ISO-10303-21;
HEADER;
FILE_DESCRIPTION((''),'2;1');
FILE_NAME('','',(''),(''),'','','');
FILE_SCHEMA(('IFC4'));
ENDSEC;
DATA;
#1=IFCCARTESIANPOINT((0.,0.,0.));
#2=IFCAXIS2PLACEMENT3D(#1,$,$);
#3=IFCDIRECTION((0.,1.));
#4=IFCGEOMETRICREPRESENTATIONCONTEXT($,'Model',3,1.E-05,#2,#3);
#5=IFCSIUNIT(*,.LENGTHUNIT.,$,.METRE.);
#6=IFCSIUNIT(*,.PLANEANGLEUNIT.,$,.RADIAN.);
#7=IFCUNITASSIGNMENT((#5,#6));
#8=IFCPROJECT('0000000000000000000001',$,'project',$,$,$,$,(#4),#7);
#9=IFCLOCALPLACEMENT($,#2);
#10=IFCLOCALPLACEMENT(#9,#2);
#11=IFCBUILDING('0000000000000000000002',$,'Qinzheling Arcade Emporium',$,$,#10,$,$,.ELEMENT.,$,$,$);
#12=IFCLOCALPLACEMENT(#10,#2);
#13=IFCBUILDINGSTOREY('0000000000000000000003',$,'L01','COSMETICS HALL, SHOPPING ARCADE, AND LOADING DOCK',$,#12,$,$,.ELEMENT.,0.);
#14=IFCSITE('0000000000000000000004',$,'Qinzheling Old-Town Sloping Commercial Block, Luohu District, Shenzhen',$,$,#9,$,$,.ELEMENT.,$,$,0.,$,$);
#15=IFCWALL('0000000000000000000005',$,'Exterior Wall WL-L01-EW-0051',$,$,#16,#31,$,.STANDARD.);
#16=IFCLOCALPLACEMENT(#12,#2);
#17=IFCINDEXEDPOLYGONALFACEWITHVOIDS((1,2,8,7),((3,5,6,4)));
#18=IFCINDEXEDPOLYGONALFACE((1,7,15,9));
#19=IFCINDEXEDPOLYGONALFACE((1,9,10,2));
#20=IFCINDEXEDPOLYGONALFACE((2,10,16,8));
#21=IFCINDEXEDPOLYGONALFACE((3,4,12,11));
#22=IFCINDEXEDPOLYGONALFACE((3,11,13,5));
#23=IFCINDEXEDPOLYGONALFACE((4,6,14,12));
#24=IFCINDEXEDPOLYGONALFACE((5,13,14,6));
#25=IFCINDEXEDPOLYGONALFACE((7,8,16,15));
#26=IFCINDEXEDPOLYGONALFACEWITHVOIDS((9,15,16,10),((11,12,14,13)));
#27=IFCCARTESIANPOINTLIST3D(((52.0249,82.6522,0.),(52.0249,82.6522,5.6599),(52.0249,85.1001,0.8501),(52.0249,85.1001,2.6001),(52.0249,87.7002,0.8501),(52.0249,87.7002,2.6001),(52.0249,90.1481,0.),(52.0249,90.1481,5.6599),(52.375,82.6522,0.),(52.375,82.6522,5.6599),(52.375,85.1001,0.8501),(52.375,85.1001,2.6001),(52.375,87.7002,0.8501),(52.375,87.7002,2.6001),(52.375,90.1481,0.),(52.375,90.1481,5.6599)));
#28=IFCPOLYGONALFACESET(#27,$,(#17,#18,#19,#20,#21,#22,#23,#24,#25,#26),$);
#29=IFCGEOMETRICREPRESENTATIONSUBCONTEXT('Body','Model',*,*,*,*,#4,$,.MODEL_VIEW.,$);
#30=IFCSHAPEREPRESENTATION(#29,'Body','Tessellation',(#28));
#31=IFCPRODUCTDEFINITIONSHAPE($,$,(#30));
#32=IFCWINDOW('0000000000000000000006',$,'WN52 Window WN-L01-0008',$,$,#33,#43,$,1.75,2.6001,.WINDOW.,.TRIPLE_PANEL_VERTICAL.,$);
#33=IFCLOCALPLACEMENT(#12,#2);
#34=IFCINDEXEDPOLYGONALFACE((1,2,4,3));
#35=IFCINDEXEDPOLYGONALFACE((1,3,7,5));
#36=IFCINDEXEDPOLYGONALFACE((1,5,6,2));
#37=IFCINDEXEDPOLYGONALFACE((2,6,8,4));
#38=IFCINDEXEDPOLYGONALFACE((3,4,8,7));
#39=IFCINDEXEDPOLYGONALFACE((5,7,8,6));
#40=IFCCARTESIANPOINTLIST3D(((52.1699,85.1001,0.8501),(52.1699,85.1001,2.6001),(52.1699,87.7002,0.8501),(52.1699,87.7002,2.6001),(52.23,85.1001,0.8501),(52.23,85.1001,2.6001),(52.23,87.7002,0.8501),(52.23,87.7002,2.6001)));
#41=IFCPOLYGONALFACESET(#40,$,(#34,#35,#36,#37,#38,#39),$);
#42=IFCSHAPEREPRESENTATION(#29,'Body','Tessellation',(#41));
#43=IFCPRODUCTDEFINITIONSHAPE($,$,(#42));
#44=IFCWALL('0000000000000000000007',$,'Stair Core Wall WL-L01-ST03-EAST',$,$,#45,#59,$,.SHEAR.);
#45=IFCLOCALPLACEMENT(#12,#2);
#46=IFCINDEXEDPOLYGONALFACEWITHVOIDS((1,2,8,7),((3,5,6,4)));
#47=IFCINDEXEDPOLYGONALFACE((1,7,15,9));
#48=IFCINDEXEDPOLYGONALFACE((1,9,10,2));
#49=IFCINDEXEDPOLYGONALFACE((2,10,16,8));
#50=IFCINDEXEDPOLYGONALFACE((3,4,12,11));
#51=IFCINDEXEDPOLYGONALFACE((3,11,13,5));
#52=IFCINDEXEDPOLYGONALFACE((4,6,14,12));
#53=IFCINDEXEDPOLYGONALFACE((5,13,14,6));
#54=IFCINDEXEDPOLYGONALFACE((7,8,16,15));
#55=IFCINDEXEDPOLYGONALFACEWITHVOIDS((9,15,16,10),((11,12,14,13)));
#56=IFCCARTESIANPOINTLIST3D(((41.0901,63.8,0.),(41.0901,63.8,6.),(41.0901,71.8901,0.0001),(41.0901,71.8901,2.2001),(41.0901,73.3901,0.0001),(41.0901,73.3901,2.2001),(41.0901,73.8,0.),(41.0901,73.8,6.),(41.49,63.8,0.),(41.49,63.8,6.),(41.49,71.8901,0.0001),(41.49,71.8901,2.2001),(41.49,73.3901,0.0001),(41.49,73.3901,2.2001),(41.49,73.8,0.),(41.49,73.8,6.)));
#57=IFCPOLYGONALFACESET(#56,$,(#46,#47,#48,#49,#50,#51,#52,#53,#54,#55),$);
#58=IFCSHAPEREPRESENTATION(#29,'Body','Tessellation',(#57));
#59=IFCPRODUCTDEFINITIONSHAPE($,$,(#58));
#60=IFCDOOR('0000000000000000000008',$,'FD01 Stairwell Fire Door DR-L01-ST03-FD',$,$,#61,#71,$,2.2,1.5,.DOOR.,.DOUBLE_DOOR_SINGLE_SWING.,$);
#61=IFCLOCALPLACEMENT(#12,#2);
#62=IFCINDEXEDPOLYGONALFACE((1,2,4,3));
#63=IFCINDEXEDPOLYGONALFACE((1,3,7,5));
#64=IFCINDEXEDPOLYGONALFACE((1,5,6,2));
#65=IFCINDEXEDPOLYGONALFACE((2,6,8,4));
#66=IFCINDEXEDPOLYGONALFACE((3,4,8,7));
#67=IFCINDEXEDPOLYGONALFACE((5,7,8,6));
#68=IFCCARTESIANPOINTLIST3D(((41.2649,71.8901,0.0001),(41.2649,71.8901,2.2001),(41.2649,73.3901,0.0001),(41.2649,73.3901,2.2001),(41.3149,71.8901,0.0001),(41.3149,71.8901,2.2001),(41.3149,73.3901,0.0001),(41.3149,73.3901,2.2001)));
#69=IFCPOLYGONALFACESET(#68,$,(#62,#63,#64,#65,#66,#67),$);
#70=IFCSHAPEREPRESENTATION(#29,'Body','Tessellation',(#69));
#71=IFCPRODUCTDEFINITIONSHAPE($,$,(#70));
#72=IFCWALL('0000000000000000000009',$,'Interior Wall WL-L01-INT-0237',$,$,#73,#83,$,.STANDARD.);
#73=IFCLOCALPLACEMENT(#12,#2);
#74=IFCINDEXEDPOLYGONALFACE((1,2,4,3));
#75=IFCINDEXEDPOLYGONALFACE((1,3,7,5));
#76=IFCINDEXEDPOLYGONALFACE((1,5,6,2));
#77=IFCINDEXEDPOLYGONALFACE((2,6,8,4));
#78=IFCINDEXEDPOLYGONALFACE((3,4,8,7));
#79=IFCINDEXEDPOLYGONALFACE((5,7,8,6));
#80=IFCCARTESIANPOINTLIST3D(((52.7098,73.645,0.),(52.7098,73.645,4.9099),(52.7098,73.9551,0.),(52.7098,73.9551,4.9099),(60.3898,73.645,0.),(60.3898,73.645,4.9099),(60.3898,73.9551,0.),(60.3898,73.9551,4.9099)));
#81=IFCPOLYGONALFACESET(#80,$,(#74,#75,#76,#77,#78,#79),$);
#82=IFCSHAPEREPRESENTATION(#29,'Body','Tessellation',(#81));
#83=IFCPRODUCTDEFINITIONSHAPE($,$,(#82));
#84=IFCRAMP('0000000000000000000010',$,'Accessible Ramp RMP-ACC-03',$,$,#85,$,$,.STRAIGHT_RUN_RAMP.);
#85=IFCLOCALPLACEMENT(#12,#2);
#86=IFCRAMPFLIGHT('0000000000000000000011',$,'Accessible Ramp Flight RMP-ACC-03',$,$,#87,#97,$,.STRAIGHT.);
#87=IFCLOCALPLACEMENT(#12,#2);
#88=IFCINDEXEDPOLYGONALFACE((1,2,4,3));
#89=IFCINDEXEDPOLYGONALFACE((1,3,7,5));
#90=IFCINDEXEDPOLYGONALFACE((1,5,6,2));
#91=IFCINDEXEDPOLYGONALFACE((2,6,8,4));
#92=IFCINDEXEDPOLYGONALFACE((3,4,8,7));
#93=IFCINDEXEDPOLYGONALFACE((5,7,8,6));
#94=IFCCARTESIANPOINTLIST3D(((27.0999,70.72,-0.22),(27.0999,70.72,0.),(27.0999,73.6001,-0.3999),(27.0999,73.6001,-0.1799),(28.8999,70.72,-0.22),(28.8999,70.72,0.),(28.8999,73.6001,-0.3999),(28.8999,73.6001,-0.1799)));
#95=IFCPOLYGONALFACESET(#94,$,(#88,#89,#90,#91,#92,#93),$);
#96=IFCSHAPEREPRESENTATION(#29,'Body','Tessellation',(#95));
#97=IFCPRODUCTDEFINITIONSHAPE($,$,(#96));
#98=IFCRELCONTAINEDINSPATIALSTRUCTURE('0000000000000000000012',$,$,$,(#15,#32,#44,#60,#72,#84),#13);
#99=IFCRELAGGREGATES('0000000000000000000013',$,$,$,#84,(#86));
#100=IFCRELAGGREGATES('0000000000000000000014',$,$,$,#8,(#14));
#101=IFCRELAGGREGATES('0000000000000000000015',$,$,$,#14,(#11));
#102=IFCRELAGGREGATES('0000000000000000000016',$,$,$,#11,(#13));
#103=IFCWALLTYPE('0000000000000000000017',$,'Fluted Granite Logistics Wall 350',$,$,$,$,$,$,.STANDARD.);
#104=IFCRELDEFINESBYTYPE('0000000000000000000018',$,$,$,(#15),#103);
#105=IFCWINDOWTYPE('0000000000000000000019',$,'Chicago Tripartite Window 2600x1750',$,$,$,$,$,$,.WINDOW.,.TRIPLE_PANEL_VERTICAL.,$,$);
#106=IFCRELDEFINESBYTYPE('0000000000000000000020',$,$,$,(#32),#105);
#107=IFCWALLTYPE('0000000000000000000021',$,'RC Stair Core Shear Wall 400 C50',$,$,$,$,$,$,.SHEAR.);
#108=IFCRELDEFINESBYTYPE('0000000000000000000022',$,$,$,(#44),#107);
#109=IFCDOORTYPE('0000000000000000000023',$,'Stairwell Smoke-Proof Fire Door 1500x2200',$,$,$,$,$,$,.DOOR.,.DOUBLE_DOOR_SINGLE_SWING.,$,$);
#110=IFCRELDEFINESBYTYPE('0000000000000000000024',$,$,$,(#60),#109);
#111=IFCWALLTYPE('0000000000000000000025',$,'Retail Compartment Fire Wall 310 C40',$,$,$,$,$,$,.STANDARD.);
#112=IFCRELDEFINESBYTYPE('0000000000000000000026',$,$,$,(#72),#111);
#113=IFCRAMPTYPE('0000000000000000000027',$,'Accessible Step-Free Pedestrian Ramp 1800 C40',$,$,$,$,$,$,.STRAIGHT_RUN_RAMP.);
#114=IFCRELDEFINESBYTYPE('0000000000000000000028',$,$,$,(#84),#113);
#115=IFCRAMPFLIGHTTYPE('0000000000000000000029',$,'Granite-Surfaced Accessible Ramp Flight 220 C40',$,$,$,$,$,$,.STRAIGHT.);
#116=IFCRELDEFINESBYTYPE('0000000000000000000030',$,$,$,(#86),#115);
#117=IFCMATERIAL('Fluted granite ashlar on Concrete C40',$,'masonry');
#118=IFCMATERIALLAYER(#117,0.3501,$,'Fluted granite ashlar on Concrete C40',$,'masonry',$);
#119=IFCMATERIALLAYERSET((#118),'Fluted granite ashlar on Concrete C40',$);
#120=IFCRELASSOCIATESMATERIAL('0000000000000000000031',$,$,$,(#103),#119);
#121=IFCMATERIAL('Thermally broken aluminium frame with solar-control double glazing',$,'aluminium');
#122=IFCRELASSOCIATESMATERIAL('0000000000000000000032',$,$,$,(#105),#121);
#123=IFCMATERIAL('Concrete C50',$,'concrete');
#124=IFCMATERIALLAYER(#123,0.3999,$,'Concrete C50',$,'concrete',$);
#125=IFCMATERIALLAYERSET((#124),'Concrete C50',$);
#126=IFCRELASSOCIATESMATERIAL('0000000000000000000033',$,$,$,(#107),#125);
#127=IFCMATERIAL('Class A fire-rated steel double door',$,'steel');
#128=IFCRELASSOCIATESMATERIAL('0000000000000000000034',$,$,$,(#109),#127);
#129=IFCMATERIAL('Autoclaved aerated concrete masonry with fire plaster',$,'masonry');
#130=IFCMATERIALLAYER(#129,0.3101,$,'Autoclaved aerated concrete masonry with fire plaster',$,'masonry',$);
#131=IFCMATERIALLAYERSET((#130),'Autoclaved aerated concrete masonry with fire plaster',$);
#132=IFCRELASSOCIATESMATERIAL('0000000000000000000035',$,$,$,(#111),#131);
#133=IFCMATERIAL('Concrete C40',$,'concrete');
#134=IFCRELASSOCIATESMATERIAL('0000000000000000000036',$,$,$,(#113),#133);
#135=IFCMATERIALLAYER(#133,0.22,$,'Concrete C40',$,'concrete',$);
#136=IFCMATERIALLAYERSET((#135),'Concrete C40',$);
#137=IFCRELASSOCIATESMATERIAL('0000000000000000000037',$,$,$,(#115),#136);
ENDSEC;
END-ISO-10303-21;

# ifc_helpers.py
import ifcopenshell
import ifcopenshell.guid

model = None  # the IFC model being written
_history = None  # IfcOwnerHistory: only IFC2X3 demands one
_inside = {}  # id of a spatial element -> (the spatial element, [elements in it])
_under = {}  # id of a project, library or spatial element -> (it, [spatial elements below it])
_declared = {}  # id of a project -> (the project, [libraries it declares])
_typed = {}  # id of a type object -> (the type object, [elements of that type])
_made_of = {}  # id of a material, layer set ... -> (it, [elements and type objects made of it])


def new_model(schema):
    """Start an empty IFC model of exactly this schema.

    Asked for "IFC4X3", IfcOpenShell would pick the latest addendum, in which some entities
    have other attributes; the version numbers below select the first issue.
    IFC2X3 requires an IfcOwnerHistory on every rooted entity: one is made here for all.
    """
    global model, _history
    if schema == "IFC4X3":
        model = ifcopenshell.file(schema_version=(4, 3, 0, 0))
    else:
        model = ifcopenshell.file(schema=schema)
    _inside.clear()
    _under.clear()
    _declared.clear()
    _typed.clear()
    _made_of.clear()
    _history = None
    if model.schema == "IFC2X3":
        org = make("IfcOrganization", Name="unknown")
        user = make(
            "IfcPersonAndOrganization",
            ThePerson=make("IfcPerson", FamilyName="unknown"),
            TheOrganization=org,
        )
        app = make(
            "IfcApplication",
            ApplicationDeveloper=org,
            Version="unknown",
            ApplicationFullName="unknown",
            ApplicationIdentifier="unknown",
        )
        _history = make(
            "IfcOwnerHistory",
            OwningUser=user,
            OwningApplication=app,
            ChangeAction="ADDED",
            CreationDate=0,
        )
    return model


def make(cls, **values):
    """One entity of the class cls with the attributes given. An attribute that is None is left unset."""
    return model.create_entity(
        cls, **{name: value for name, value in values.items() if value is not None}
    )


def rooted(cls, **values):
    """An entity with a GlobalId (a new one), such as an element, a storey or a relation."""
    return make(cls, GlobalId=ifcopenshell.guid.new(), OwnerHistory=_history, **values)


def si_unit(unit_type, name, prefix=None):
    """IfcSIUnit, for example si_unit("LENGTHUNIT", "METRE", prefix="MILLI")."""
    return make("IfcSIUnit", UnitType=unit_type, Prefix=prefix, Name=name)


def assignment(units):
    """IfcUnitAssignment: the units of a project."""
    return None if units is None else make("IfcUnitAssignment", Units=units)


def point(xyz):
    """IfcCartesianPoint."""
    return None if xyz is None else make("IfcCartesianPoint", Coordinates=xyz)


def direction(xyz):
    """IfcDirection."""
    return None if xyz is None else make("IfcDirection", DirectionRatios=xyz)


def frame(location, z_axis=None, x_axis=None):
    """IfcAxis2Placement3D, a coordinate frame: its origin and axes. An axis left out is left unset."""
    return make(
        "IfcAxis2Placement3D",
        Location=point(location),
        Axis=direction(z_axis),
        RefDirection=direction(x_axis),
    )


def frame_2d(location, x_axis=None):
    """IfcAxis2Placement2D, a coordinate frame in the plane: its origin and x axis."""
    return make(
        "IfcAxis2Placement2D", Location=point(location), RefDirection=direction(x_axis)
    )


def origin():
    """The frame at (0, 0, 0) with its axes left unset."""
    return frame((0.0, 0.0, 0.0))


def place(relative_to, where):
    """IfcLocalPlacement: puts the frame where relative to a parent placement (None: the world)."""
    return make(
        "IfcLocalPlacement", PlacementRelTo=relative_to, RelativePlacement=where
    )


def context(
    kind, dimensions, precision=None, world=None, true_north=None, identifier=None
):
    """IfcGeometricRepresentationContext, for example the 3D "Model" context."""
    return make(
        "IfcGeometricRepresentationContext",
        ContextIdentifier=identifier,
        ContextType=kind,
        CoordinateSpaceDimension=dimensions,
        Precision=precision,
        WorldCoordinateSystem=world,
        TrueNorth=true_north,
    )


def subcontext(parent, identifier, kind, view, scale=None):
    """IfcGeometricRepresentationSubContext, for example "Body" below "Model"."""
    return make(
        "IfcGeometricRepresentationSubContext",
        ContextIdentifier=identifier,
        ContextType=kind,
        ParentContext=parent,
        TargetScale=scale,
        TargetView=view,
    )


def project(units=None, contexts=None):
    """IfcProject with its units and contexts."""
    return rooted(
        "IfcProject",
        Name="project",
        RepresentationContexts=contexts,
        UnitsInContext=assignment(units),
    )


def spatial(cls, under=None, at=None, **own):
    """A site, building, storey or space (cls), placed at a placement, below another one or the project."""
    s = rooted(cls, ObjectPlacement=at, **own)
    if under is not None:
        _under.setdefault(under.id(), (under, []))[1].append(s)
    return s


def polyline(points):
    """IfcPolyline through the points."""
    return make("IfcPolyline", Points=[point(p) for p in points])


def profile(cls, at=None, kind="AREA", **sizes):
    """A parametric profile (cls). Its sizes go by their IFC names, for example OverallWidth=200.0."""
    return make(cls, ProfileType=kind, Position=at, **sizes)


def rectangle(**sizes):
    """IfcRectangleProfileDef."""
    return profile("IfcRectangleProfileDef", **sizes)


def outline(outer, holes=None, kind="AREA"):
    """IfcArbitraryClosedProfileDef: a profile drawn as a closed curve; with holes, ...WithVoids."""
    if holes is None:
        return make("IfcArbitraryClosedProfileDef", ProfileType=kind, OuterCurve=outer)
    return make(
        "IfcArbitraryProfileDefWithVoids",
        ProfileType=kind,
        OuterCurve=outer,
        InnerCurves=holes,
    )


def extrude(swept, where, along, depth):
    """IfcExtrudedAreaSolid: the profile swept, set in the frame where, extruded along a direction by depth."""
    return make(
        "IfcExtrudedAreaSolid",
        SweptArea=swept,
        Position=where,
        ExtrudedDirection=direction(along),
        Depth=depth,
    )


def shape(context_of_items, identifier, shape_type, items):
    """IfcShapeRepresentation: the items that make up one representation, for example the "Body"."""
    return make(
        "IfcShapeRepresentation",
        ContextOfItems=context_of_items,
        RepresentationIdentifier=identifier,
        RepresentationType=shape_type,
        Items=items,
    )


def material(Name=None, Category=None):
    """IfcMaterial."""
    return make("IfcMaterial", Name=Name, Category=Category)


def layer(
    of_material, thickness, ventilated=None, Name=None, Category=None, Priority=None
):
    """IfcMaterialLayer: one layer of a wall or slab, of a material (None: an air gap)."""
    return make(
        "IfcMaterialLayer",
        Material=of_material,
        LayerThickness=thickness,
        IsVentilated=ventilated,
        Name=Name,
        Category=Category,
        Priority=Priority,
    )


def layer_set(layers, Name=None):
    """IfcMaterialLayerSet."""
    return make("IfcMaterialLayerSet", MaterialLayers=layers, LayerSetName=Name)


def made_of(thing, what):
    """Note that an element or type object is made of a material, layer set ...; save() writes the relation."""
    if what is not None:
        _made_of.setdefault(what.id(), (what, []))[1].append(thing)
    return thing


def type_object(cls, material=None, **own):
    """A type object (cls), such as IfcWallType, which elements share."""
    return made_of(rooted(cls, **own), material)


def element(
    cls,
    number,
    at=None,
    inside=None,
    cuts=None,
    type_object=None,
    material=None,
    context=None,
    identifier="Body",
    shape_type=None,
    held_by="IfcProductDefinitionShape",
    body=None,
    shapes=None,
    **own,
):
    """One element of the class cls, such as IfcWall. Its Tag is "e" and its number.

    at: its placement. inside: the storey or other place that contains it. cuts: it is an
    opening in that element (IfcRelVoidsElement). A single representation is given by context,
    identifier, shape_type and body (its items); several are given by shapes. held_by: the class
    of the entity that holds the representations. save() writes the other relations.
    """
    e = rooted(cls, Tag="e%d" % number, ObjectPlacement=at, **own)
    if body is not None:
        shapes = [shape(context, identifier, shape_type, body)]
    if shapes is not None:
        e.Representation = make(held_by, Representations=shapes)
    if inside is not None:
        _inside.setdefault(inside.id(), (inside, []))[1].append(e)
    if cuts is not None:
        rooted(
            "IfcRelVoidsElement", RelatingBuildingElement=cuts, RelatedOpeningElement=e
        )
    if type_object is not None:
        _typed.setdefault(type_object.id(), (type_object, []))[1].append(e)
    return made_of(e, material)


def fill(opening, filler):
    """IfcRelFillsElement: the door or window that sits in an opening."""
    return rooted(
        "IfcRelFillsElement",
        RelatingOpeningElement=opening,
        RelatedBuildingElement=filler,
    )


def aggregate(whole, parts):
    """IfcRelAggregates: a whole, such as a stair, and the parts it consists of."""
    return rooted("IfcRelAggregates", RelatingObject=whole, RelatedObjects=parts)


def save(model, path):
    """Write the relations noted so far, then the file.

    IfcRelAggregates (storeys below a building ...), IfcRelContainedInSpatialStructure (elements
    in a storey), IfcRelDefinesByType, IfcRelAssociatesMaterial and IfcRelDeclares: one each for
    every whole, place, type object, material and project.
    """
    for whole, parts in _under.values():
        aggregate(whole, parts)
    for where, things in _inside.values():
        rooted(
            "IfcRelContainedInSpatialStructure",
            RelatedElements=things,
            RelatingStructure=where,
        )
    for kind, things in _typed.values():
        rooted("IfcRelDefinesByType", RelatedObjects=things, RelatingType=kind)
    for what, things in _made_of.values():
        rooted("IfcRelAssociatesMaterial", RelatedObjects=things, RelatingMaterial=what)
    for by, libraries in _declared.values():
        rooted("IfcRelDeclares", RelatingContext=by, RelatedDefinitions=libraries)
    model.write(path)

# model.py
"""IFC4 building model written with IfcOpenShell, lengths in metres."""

from ifc_helpers import new_model, si_unit, direction, frame, frame_2d, origin, place, context, subcontext, project, spatial, polyline, rectangle, outline, extrude, material, layer, layer_set, type_object, element, fill, aggregate, save


model = new_model("IFC4")

# Units and contexts
model_context = context("Model", 3, precision=1e-05, world=origin(), true_north=direction((0.0, 1.0)))
body_context = subcontext(model_context, "Body", "Model", "MODEL_VIEW")
ifc_project = project(units=[si_unit("LENGTHUNIT", "METRE"), si_unit("PLANEANGLEUNIT", "RADIAN")], contexts=[model_context])

# Site, building, storey
site_placement = place(None, origin())
site = spatial("IfcSite", under=ifc_project, at=site_placement, Name="Qinzheling Old-Town Sloping Commercial Block, Luohu District, Shenzhen", CompositionType="ELEMENT", RefElevation=0.0)
building_placement = place(site_placement, origin())
building = spatial("IfcBuilding", under=site, at=building_placement, Name="Qinzheling Arcade Emporium", CompositionType="ELEMENT")
storey_placement = place(building_placement, origin())
storey = spatial("IfcBuildingStorey", under=building, at=storey_placement, Name="L01", Description="COSMETICS HALL, SHOPPING ARCADE, AND LOADING DOCK", CompositionType="ELEMENT", Elevation=0.0)

# Shared definitions
ifc_material_1 = material(Name="Concrete C50", Category="concrete")

# Shared definitions
ifc_material_2 = material(Name="Concrete C40", Category="concrete")

# Shared definitions
ifc_material_3 = material(Name="Fluted granite ashlar on Concrete C40", Category="masonry")
ifc_layer_1 = layer(ifc_material_3, 0.3501, Name="Fluted granite ashlar on Concrete C40", Category="masonry")
ifc_layer_set_1 = layer_set([ifc_layer_1], Name="Fluted granite ashlar on Concrete C40")
wall_type_1 = type_object("IfcWallType", Name="Fluted Granite Logistics Wall 350", PredefinedType="STANDARD", material=ifc_layer_set_1)

# Wall, opening, window
wall_1_placement = place(storey_placement, frame((52.2, 82.6521, 0.0), z_axis=(0.0, 0.0, 1.0), x_axis=(0.0, 1.0, 0.0)))
wall_1 = element("IfcWall", 1, at=wall_1_placement, inside=storey, type_object=wall_type_1, Name="Exterior Wall WL-L01-EW-0051", PredefinedType="STANDARD", context=body_context, shape_type="SweptSolid", body=[
    extrude(rectangle(XDim=7.4958, YDim=0.3501, at=frame_2d((3.748, 0.0))), origin(), (0.0, 0.0, 1.0), 5.6599),
])
opening_1_placement = place(wall_1_placement, frame((2.448, 0.0, 0.8501)))
opening_1 = element("IfcOpeningElement", 2, at=opening_1_placement, cuts=wall_1, PredefinedType="OPENING", context=body_context, shape_type="SweptSolid", body=[
    extrude(rectangle(XDim=2.6001, YDim=1.75, at=frame_2d((1.3, 0.875))), frame((0.0, 0.1851, 0.0), z_axis=(0.0, -1.0, 0.0), x_axis=(1.0, 0.0, 0.0)), (0.0, 0.0, 1.0), 0.3701),
])
ifc_material_4 = material(Name="Thermally broken aluminium frame with solar-control double glazing", Category="aluminium")
window_type = type_object("IfcWindowType", Name="Chicago Tripartite Window 2600x1750", PartitioningType="TRIPLE_PANEL_VERTICAL", PredefinedType="WINDOW", material=ifc_material_4)
window_placement = place(opening_1_placement, origin())
window = element("IfcWindow", 3, at=window_placement, inside=storey, type_object=window_type, Name="WN52 Window WN-L01-0008", OverallHeight=1.75, OverallWidth=2.6001, PartitioningType="TRIPLE_PANEL_VERTICAL", PredefinedType="WINDOW", context=body_context, shape_type="SweptSolid", body=[
    extrude(rectangle(XDim=2.6001, YDim=1.75, at=frame_2d((1.3, 0.875))), frame((0.0, 0.03, 0.0), z_axis=(0.0, -1.0, 0.0), x_axis=(1.0, 0.0, 0.0)), (0.0, 0.0, 1.0), 0.0601),
])
fill(opening_1, window)

# Wall, opening, door
ifc_layer_2 = layer(ifc_material_1, 0.3999, Name="Concrete C50", Category="concrete")
ifc_layer_set_2 = layer_set([ifc_layer_2], Name="Concrete C50")
wall_type_2 = type_object("IfcWallType", Name="RC Stair Core Shear Wall 400 C50", PredefinedType="SHEAR", material=ifc_layer_set_2)
wall_2_placement = place(storey_placement, frame((41.29, 73.8, 0.0), z_axis=(0.0, 0.0, 1.0), x_axis=(0.0, -1.0, 0.0)))
wall_2 = element("IfcWall", 4, at=wall_2_placement, inside=storey, type_object=wall_type_2, Name="Stair Core Wall WL-L01-ST03-EAST", PredefinedType="SHEAR", context=body_context, shape_type="SweptSolid", body=[
    extrude(rectangle(XDim=10.0, YDim=0.3999, at=frame_2d((5.0, 0.0))), origin(), (0.0, 0.0, 1.0), 6.0),
])
opening_2_placement = place(wall_2_placement, frame((0.4099, 0.0, 0.0)))
opening_2 = element("IfcOpeningElement", 5, at=opening_2_placement, cuts=wall_2, PredefinedType="OPENING", context=body_context, shape_type="SweptSolid", body=[
    extrude(rectangle(XDim=1.5, YDim=2.2, at=frame_2d((0.75, 1.1001))), frame((0.0, 0.21, 0.0), z_axis=(0.0, -1.0, 0.0), x_axis=(1.0, 0.0, 0.0)), (0.0, 0.0, 1.0), 0.4199),
])
ifc_material_5 = material(Name="Class A fire-rated steel double door", Category="steel")
door_type_1 = type_object("IfcDoorType", Name="Stairwell Smoke-Proof Fire Door 1500x2200", OperationType="DOUBLE_DOOR_SINGLE_SWING", PredefinedType="DOOR", material=ifc_material_5)
door_1_placement = place(opening_2_placement, origin())
door_1 = element("IfcDoor", 6, at=door_1_placement, inside=storey, type_object=door_type_1, Name="FD01 Stairwell Fire Door DR-L01-ST03-FD", OperationType="DOUBLE_DOOR_SINGLE_SWING", OverallHeight=2.2, OverallWidth=1.5, PredefinedType="DOOR", context=body_context, shape_type="SweptSolid", body=[
    extrude(rectangle(XDim=1.5, YDim=2.2, at=frame_2d((0.75, 1.1001))), frame((0.0, 0.0249, 0.0), z_axis=(0.0, -1.0, 0.0), x_axis=(1.0, 0.0, 0.0)), (0.0, 0.0, 1.0), 0.05),
])
fill(opening_2, door_1)

# Wall
ifc_material_6 = material(Name="Autoclaved aerated concrete masonry with fire plaster", Category="masonry")
ifc_layer_3 = layer(ifc_material_6, 0.3101, Name="Autoclaved aerated concrete masonry with fire plaster", Category="masonry")
ifc_layer_set_3 = layer_set([ifc_layer_3], Name="Autoclaved aerated concrete masonry with fire plaster")
wall_type_3 = type_object("IfcWallType", Name="Retail Compartment Fire Wall 310 C40", PredefinedType="STANDARD", material=ifc_layer_set_3)
wall_3_placement = place(storey_placement, frame((52.71, 73.8, 0.0), z_axis=(0.0, 0.0, 1.0), x_axis=(1.0, 0.0, 0.0)))
element("IfcWall", 7, at=wall_3_placement, inside=storey, type_object=wall_type_3, Name="Interior Wall WL-L01-INT-0237", PredefinedType="STANDARD", context=body_context, shape_type="SweptSolid", body=[
    extrude(rectangle(XDim=7.6799, YDim=0.3101, at=frame_2d((3.8398, 0.0))), origin(), (0.0, 0.0, 1.0), 4.9099),
])

# Ramp, ramp flight
ramp_type = type_object("IfcRampType", Name="Accessible Step-Free Pedestrian Ramp 1800 C40", PredefinedType="STRAIGHT_RUN_RAMP", material=ifc_material_2)
ramp_placement = place(storey_placement, origin())
ramp = element("IfcRamp", 8, at=ramp_placement, inside=storey, type_object=ramp_type, Name="Accessible Ramp RMP-ACC-03", PredefinedType="STRAIGHT_RUN_RAMP")
ifc_layer_4 = layer(ifc_material_2, 0.22, Name="Concrete C40", Category="concrete")
ifc_layer_set_4 = layer_set([ifc_layer_4], Name="Concrete C40")
ramp_flight_type = type_object("IfcRampFlightType", Name="Granite-Surfaced Accessible Ramp Flight 220 C40", PredefinedType="STRAIGHT", material=ifc_layer_set_4)
ramp_flight_placement = place(storey_placement, frame((28.0, 73.6001, -0.1799), z_axis=(0.0, 0.0, 1.0), x_axis=(0.0, -1.0, 0.0)))
ramp_flight = element("IfcRampFlight", 9, at=ramp_flight_placement, type_object=ramp_flight_type, Name="Accessible Ramp Flight RMP-ACC-03", PredefinedType="STRAIGHT", context=body_context, shape_type="SweptSolid", body=[
    extrude(outline(polyline([(0.0, 0.0), (2.8801, 0.1799), (2.8801, -0.04), (0.0, -0.22), (0.0, 0.0)])), frame((0.0, 0.8999, 0.0), z_axis=(0.0, -1.0, 0.0), x_axis=(1.0, 0.0, 0.0)), (0.0, 0.0, 1.0), 1.8),
])
aggregate(ramp, [ramp_flight])

save(model, "model.ifc")
